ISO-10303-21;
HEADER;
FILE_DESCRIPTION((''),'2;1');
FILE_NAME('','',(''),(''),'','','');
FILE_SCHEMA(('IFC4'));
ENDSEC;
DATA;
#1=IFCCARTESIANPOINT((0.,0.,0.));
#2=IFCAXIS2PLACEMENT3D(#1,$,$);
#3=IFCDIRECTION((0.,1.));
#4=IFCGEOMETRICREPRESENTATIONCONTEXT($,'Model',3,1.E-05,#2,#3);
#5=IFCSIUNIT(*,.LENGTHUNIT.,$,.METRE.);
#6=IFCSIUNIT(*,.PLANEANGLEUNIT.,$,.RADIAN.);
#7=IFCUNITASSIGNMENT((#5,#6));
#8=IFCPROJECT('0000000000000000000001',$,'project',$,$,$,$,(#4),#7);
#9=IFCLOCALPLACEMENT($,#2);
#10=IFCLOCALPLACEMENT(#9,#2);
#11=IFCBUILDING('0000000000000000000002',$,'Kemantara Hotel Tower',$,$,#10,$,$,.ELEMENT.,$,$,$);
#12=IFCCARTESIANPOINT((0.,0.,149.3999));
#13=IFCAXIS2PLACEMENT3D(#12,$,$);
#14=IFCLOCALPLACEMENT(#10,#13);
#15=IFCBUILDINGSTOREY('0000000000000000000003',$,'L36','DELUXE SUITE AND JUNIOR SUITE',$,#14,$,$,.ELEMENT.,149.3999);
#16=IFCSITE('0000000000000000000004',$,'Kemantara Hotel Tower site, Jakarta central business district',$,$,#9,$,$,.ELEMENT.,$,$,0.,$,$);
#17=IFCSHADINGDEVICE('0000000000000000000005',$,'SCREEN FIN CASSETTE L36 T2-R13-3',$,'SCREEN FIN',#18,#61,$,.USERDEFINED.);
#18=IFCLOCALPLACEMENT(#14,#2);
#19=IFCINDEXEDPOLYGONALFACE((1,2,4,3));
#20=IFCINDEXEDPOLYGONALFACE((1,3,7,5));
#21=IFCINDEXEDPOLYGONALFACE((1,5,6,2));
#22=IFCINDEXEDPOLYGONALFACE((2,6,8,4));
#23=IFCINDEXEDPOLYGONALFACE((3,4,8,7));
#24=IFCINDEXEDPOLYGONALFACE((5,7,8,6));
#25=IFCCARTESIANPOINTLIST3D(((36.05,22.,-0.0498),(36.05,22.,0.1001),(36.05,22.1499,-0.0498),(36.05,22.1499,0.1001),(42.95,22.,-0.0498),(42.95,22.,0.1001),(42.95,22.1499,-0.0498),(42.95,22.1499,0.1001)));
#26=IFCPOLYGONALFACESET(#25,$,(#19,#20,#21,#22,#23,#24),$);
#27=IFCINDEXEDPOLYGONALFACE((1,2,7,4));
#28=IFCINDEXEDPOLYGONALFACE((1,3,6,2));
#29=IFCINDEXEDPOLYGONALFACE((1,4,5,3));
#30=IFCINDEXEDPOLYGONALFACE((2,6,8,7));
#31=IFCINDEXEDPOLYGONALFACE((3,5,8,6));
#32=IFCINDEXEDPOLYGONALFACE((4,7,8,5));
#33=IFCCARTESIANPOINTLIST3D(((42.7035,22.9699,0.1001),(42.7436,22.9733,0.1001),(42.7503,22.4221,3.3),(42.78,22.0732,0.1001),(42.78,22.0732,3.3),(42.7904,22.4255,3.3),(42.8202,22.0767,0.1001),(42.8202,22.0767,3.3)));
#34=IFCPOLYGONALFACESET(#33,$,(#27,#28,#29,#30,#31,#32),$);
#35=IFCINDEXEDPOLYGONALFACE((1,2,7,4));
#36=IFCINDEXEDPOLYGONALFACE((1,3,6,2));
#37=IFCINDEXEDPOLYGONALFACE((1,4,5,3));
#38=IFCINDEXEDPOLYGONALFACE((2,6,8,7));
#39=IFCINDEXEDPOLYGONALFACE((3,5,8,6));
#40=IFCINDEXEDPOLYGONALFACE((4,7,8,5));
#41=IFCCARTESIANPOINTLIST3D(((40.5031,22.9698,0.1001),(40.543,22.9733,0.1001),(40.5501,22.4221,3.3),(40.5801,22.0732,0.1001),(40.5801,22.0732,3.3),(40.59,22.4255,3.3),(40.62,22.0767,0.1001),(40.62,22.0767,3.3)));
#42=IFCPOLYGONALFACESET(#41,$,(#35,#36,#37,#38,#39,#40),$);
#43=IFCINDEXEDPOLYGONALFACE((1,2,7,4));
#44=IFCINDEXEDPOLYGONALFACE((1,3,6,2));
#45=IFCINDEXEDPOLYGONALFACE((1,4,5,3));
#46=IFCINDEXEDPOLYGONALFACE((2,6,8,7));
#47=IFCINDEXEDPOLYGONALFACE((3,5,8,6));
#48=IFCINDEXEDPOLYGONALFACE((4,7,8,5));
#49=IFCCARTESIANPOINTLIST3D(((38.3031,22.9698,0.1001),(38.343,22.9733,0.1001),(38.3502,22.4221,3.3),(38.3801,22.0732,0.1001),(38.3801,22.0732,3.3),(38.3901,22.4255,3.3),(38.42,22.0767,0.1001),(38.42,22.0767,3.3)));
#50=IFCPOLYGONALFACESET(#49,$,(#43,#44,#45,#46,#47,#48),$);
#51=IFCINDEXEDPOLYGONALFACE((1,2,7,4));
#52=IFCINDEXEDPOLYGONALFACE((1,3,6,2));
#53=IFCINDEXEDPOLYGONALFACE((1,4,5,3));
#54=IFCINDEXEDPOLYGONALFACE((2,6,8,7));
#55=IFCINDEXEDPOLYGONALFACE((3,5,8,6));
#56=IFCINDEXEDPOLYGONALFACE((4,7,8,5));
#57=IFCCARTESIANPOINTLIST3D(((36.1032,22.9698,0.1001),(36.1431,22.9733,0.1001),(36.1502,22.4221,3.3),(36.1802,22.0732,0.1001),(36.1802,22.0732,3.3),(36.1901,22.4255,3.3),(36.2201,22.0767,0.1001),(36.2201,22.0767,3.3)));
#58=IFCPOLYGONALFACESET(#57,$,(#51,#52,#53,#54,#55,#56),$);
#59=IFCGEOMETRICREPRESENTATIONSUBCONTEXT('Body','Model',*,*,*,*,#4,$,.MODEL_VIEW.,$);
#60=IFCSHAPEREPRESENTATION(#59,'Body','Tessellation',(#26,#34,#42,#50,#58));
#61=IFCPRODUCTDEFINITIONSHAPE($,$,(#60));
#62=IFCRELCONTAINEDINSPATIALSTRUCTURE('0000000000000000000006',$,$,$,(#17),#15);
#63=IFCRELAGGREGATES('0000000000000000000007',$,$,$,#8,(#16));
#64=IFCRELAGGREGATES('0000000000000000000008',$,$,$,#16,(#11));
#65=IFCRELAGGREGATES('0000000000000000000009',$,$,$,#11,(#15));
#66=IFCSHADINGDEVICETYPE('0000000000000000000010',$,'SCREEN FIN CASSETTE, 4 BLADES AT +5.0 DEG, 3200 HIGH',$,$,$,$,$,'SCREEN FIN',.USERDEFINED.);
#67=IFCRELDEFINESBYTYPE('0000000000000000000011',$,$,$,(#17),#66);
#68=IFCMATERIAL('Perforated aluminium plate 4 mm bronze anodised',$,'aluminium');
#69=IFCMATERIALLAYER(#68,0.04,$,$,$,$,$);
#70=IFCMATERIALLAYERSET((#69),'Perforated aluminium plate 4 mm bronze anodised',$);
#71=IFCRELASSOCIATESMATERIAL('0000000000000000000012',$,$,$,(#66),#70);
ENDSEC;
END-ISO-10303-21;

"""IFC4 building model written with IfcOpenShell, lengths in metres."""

from ifc_helpers import new_model, si_unit, direction, frame, origin, origin_2d, place, context, subcontext, project, spatial, polyline, rectangle, outline, extrude, source, transform, mapped, material, layer, layer_set, type_object, element, save


model = new_model("IFC4")

# Units and contexts
model_context = context("Model", 3, precision=1e-05, world=origin(), true_north=direction((0.0, 1.0)))
body_context = subcontext(model_context, "Body", "Model", "MODEL_VIEW")
ifc_project = project(units=[si_unit("LENGTHUNIT", "METRE"), si_unit("PLANEANGLEUNIT", "RADIAN")], contexts=[model_context])

# Site, building, storey
site_placement = place(None, origin())
site = spatial("IfcSite", under=ifc_project, at=site_placement, Name="Kemantara Hotel Tower site, Jakarta central business district", CompositionType="ELEMENT", RefElevation=0.0)
building_placement = place(site_placement, origin())
building = spatial("IfcBuilding", under=site, at=building_placement, Name="Kemantara Hotel Tower", CompositionType="ELEMENT")
storey_placement = place(building_placement, frame((0.0, 0.0, 149.3999)))
storey = spatial("IfcBuildingStorey", under=building, at=storey_placement, Name="L36", Description="DELUXE SUITE AND JUNIOR SUITE", CompositionType="ELEMENT", Elevation=149.3999)

# Shading device
ifc_material_1 = material(Name="Perforated aluminium plate 4 mm bronze anodised", Category="aluminium")
ifc_layer_1 = layer(ifc_material_1, 0.04)
ifc_layer_set_1 = layer_set([ifc_layer_1], Name="Perforated aluminium plate 4 mm bronze anodised")
shading_device_type_1 = type_object("IfcShadingDeviceType", Name="SCREEN FIN CASSETTE, 4 BLADES AT +5.0 DEG, 3200 HIGH", ElementType="SCREEN FIN", PredefinedType="USERDEFINED", material=ifc_layer_set_1)
shared_shape_1 = source(origin(), body_context, "Body", "SweptSolid", [
    extrude(rectangle(XDim=6.8999, YDim=0.1499, at=origin_2d()), frame((3.3, -0.075, -0.1499), z_axis=(0.0, 0.0, 1.0), x_axis=(1.0, 0.0, 0.0)), (0.0, 0.0, 1.0), 0.1499),
    extrude(outline(polyline([(0.0, 0.0), (0.8999, 0.0), (0.3501, 3.2), (0.0, 3.2), (0.0, 0.0)])), frame((0.02, -0.0732, 0.0), z_axis=(-0.996376, -0.085056, 0.0), x_axis=(0.085056, -0.996376, 0.0)), (0.0, 0.0, 1.0), 0.0403),
    extrude(outline(polyline([(0.0, 0.0), (0.8999, 0.0), (0.3501, 3.2), (0.0, 3.2), (0.0, 0.0)])), frame((2.22, -0.0732, 0.0), z_axis=(-0.996332, -0.085575, 0.0), x_axis=(0.085575, -0.996332, 0.0)), (0.0, 0.0, 1.0), 0.04),
    extrude(outline(polyline([(0.0, 0.0), (0.8999, 0.0), (0.3501, 3.2), (0.0, 3.2), (0.0, 0.0)])), frame((4.4199, -0.0732, 0.0), z_axis=(-0.996332, -0.085575, 0.0), x_axis=(0.085575, -0.996332, 0.0)), (0.0, 0.0, 1.0), 0.04),
    extrude(outline(polyline([(0.0, 0.0), (0.8999, 0.0), (0.3501, 3.2), (0.0, 3.2), (0.0, 0.0)])), frame((6.6199, -0.0732, 0.0), z_axis=(-0.996332, -0.085575, 0.0), x_axis=(0.085575, -0.996332, 0.0)), (0.0, 0.0, 1.0), 0.04),
])
shading_device_1_placement = place(storey_placement, frame((42.8, 22.0, 0.1001), z_axis=(0.0, 0.0, 1.0), x_axis=(-1.0, 0.0, 0.0)))
element("IfcShadingDevice", 1, at=shading_device_1_placement, inside=storey, type_object=shading_device_type_1, Name="SCREEN FIN CASSETTE L36 T2-R13-3", ObjectType="SCREEN FIN", PredefinedType="USERDEFINED", context=body_context, shape_type="MappedRepresentation", body=[
    mapped(shared_shape_1, transform((0.0, 0.0, 0.0))),
])

save(model, "model.ifc")
